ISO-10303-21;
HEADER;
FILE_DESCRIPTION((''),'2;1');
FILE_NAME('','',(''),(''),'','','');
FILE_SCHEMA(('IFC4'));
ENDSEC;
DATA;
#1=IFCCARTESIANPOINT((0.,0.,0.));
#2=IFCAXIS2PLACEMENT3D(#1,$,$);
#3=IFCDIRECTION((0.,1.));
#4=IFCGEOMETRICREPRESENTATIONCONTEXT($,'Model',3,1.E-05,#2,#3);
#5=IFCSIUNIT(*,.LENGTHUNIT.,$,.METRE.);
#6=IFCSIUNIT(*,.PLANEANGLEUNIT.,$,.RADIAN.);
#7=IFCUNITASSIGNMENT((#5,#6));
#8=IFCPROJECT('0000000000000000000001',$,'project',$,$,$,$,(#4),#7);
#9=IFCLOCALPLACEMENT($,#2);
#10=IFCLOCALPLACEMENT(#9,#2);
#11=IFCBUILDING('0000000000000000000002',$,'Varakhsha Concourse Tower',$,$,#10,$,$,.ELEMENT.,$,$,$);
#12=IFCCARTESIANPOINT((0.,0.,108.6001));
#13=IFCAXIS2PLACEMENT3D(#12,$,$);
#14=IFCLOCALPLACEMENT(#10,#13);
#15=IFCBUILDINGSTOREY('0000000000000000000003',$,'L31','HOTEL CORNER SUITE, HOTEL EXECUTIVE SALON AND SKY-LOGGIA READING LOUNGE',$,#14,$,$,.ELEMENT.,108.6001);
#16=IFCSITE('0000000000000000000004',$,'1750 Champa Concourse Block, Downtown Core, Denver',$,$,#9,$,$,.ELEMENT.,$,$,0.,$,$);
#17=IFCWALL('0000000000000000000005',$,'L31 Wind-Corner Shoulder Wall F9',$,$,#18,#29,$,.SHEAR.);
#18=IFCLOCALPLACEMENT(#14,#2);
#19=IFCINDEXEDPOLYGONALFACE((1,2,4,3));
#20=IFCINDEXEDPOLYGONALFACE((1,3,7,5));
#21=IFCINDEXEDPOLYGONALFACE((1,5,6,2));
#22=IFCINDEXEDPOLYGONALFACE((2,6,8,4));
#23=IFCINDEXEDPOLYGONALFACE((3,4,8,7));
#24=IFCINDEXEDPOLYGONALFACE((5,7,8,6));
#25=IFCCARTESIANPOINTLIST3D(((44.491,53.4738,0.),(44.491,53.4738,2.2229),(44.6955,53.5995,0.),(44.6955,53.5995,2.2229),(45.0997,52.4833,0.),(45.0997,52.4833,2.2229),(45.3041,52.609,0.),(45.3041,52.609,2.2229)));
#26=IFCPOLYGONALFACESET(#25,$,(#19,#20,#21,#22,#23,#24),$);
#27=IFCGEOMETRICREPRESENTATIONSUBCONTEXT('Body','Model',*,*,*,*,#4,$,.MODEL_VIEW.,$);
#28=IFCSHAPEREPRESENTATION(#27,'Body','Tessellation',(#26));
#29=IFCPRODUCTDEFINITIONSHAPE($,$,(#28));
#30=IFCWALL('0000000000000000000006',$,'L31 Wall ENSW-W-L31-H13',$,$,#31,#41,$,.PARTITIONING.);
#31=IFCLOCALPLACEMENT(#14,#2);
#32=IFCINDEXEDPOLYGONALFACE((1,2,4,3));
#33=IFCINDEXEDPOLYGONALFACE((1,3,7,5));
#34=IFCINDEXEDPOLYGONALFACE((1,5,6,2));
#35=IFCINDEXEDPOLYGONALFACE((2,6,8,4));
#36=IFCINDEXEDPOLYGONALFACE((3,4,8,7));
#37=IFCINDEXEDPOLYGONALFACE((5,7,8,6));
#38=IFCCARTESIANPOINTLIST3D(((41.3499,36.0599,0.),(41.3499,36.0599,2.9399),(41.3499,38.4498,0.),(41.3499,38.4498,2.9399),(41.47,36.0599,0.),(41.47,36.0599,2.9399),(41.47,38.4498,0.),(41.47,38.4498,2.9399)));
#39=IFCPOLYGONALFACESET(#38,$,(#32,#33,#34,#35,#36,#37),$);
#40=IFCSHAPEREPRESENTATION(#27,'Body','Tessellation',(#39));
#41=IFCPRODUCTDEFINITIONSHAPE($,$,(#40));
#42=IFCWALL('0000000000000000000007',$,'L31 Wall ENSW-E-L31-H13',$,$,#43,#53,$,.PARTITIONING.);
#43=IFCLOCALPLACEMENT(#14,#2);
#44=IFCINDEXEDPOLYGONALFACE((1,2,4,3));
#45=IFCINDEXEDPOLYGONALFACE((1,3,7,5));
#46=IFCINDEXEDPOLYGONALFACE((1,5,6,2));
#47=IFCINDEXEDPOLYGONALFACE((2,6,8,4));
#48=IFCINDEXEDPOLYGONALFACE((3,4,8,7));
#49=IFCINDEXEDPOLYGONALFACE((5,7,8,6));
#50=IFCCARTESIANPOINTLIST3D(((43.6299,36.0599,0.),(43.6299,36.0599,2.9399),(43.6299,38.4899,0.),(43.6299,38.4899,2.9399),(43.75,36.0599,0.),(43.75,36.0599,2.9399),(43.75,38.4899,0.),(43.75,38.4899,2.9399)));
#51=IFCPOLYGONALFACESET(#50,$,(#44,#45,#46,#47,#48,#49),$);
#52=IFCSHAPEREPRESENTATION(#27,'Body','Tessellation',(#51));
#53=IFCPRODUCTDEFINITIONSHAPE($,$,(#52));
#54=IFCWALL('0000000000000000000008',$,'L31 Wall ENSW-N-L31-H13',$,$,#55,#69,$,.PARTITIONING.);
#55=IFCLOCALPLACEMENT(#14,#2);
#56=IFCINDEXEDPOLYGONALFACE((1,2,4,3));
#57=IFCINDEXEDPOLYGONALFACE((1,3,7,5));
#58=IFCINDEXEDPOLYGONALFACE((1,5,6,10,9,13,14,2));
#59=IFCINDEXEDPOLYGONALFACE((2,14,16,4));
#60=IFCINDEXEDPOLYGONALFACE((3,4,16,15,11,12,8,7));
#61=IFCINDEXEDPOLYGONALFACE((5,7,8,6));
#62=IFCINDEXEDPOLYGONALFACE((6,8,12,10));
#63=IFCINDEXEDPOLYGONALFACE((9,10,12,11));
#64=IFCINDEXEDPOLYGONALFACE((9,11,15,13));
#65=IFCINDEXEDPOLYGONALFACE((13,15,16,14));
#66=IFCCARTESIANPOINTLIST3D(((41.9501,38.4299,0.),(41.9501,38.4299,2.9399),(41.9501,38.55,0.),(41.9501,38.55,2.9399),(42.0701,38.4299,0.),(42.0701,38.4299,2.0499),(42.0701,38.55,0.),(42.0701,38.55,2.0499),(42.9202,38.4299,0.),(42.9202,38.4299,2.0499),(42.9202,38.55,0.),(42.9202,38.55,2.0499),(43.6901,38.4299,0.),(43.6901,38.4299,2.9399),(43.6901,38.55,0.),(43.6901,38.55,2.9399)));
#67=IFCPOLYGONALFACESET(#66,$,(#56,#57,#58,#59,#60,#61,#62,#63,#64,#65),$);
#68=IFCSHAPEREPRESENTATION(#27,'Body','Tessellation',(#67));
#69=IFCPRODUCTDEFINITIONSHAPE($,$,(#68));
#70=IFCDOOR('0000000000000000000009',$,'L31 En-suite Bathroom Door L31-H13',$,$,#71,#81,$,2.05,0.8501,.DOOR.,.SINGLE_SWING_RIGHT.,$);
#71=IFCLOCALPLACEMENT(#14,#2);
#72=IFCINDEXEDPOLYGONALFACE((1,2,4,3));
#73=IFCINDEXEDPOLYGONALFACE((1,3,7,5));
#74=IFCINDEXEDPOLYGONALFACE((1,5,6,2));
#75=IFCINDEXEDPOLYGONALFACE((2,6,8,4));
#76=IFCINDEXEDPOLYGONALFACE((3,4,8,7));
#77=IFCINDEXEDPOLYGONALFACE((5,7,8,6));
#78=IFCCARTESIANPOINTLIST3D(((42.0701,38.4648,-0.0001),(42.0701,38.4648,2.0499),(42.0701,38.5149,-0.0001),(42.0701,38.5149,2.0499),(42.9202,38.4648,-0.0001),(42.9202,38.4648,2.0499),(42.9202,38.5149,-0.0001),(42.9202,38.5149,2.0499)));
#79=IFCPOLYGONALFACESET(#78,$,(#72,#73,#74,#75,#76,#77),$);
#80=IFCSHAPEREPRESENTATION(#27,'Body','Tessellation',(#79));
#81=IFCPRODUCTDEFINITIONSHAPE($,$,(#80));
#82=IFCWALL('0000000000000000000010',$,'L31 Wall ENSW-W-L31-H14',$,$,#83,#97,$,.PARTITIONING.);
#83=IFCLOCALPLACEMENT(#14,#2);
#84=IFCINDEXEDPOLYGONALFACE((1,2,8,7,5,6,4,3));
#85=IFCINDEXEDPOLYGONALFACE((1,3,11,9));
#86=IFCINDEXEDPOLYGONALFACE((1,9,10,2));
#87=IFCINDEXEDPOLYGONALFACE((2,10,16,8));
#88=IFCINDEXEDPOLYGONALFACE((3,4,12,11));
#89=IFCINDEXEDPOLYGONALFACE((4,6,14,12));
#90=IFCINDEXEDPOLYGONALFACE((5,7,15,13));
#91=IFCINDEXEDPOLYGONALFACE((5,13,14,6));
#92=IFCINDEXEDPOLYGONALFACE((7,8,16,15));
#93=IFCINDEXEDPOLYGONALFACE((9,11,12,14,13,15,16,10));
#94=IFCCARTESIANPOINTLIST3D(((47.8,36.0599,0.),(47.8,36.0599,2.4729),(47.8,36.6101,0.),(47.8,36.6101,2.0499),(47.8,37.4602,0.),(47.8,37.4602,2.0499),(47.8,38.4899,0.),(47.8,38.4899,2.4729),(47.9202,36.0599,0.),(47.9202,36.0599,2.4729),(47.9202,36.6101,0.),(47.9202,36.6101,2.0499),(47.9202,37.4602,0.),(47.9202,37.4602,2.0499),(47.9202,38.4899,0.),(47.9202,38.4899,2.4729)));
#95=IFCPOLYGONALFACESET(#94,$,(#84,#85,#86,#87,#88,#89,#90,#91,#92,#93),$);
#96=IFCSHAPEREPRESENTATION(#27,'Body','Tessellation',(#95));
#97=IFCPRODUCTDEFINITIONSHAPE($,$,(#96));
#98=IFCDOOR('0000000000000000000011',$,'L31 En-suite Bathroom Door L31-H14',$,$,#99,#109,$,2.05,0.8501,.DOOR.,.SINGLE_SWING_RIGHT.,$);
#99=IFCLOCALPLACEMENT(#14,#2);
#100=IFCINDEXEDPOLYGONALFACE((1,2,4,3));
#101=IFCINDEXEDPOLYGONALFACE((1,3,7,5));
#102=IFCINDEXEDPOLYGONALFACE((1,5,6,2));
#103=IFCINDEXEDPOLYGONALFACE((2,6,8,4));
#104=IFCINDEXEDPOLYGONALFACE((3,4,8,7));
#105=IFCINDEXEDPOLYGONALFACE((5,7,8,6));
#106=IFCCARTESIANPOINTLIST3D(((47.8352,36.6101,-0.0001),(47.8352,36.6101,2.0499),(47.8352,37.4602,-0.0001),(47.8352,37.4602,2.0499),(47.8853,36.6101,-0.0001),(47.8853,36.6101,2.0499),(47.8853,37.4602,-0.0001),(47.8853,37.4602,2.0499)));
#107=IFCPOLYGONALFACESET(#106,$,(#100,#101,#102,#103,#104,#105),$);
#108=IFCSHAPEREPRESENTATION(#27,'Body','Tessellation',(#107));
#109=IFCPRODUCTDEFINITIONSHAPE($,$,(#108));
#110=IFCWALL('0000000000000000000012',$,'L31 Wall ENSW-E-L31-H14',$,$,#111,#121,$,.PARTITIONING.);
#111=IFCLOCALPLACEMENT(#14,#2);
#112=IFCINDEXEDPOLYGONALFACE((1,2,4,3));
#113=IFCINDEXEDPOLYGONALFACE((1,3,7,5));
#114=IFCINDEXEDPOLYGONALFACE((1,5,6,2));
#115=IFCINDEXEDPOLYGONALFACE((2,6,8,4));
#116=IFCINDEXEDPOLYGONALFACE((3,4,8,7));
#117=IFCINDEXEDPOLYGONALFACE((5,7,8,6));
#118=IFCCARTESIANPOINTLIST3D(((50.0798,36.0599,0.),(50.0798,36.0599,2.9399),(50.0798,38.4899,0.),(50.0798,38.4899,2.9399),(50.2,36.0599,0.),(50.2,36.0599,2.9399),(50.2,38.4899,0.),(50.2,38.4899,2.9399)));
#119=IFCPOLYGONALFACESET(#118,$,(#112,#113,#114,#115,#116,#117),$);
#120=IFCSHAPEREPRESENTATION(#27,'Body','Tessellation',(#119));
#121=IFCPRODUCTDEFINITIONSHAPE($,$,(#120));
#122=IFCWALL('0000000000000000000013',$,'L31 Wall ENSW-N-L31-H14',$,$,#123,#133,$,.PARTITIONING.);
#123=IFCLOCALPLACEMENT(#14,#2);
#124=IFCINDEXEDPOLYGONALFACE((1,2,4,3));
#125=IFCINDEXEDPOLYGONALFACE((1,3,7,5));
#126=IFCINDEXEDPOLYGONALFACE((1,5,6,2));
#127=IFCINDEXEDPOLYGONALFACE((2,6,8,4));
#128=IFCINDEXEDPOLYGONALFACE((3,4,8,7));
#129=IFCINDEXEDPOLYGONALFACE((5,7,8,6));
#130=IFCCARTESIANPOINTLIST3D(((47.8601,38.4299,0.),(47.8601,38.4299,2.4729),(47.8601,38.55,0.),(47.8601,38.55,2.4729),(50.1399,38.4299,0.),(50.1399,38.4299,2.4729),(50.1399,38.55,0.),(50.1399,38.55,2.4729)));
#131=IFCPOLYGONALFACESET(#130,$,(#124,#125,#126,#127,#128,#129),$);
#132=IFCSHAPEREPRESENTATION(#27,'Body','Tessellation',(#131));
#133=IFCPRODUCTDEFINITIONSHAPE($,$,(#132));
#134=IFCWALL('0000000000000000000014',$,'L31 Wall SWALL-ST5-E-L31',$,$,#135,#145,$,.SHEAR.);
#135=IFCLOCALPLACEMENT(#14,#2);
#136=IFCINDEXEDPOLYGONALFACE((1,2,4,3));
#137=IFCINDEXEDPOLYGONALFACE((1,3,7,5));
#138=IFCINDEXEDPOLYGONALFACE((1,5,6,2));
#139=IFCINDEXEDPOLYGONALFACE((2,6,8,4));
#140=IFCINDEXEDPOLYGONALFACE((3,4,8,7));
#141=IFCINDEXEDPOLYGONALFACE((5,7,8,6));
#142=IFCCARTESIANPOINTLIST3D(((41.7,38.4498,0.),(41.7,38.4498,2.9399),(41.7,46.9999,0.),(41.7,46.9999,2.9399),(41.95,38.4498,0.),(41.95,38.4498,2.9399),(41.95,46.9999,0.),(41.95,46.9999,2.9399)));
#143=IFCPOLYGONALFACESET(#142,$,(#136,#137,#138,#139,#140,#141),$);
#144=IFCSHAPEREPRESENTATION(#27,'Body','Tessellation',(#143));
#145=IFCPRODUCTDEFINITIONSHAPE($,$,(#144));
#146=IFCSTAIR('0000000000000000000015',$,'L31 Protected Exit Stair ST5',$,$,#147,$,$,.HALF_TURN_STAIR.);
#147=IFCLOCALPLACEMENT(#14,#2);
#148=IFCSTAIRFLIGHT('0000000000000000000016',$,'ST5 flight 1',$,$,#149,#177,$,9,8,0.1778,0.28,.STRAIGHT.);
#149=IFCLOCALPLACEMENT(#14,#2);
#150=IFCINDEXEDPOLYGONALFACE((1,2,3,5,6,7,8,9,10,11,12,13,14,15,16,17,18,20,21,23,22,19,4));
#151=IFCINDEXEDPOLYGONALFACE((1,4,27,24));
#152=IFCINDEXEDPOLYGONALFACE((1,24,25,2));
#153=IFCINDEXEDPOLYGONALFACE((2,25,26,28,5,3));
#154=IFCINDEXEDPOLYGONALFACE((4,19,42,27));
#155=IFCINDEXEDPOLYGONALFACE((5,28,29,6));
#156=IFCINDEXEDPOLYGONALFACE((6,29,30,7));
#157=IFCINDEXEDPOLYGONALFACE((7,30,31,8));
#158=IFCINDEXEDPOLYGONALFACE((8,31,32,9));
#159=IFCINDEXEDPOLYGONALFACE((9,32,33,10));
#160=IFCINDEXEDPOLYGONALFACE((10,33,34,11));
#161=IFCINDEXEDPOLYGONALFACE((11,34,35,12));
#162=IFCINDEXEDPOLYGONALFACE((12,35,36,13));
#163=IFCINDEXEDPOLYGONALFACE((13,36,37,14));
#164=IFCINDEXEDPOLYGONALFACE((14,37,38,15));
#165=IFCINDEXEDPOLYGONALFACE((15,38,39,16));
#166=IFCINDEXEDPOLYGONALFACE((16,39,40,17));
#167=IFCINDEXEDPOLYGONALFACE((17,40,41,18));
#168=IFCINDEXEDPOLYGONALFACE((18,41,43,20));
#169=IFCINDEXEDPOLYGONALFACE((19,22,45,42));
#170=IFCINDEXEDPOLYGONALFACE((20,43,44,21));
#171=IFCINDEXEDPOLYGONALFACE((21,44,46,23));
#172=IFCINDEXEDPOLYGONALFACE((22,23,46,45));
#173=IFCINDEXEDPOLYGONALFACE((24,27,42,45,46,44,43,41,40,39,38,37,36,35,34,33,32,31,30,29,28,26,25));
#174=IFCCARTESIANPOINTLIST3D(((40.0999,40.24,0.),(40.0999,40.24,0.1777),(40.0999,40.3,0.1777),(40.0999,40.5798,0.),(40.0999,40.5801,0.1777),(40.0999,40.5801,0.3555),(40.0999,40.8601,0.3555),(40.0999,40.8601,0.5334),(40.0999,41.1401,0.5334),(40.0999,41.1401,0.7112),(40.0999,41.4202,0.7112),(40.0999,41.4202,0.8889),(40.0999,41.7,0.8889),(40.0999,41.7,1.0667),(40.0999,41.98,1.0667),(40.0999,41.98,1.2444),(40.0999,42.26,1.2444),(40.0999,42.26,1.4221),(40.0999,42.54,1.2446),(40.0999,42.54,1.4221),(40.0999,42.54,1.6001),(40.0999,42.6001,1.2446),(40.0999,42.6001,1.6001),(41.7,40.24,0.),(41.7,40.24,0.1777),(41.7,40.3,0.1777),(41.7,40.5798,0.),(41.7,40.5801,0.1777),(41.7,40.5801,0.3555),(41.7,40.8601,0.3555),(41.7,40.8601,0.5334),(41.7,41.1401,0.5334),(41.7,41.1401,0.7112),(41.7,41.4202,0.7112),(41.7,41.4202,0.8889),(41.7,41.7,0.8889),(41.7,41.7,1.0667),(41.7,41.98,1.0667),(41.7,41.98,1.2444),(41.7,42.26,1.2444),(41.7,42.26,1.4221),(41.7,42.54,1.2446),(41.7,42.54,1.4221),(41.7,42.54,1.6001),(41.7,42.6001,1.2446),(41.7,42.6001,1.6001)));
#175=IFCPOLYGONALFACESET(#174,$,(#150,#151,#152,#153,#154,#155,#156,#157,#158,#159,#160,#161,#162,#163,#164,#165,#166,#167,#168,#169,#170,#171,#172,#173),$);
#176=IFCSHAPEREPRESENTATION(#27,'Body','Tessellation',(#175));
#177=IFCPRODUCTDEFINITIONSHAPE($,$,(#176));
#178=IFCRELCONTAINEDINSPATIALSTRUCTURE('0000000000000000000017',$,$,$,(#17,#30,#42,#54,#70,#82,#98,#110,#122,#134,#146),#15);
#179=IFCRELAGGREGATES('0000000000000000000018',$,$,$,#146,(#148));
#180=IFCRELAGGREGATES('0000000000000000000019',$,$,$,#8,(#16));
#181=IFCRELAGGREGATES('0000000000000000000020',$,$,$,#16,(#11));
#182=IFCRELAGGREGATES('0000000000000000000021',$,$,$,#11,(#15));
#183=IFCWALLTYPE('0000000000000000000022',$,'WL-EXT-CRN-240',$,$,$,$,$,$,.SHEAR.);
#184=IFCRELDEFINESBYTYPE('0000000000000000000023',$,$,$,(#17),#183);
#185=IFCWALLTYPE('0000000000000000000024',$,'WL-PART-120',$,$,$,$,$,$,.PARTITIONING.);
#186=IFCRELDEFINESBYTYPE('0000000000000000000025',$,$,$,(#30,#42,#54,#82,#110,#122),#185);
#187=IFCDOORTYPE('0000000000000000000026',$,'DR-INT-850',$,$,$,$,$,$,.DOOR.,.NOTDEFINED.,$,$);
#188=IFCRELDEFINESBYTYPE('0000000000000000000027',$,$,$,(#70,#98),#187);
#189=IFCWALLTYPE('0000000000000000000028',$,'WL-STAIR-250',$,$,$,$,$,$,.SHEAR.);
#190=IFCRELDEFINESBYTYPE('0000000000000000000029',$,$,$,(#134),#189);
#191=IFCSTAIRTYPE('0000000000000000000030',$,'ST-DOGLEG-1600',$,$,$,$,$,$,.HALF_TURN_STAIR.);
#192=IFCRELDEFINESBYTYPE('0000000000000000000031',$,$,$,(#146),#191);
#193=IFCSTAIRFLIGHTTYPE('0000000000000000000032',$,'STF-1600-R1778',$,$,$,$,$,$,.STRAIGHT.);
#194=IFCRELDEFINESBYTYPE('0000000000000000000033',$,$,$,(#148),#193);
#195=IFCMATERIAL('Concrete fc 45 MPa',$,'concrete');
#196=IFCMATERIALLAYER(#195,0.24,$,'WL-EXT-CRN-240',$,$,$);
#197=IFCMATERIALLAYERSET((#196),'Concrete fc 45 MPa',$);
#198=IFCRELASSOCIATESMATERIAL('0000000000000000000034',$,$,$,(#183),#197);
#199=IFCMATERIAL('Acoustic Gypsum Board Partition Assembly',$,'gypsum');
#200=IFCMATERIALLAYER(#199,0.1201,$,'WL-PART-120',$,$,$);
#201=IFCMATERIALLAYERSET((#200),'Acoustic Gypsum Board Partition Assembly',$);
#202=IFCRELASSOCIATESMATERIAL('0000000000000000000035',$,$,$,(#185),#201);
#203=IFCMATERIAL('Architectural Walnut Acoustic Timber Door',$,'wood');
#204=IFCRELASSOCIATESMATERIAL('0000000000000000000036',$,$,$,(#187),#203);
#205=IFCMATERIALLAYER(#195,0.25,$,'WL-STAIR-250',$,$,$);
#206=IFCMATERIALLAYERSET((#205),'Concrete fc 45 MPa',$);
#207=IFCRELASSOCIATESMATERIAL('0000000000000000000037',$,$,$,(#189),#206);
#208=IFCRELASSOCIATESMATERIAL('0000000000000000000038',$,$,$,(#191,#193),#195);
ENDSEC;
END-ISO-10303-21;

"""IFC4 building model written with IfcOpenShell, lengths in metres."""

from ifc_helpers import new_model, si_unit, direction, frame, frame_2d, origin, place, context, subcontext, project, spatial, polyline, rectangle, outline, extrude, material, layer, layer_set, type_object, element, fill, aggregate, save


model = new_model("IFC4")

# Units and contexts
model_context = context("Model", 3, precision=1e-05, world=origin(), true_north=direction((0.0, 1.0)))
body_context = subcontext(model_context, "Body", "Model", "MODEL_VIEW")
ifc_project = project(units=[si_unit("LENGTHUNIT", "METRE"), si_unit("PLANEANGLEUNIT", "RADIAN")], contexts=[model_context])

# Site, building, storey
site_placement = place(None, origin())
site = spatial("IfcSite", under=ifc_project, at=site_placement, Name="1750 Champa Concourse Block, Downtown Core, Denver", CompositionType="ELEMENT", RefElevation=0.0)
building_placement = place(site_placement, origin())
building = spatial("IfcBuilding", under=site, at=building_placement, Name="Varakhsha Concourse Tower", CompositionType="ELEMENT")
storey_placement = place(building_placement, frame((0.0, 0.0, 108.6001)))
storey = spatial("IfcBuildingStorey", under=building, at=storey_placement, Name="L31", Description="HOTEL CORNER SUITE, HOTEL EXECUTIVE SALON AND SKY-LOGGIA READING LOUNGE", CompositionType="ELEMENT", Elevation=108.6001)

# Walls
ifc_material_1 = material(Name="Concrete fc 45 MPa", Category="concrete")
ifc_layer_1 = layer(ifc_material_1, 0.24, Name="WL-EXT-CRN-240")
ifc_layer_set_1 = layer_set([ifc_layer_1], Name="Concrete fc 45 MPa")
wall_type_1 = type_object("IfcWallType", Name="WL-EXT-CRN-240", PredefinedType="SHEAR", material=ifc_layer_set_1)
wall_1_placement = place(storey_placement, frame((45.2019, 52.5461, 0.0), z_axis=(0.0, 0.0, 1.0), x_axis=(-0.523547, 0.851997, 0.0)))
element("IfcWall", 1, at=wall_1_placement, inside=storey, type_object=wall_type_1, Name="L31 Wind-Corner Shoulder Wall F9", PredefinedType="SHEAR", context=body_context, shape_type="SweptSolid", body=[
    extrude(rectangle(XDim=1.1626, YDim=0.24, at=frame_2d((0.5813, 0.0))), origin(), (0.0, 0.0, 1.0), 2.2229),
])
ifc_material_2 = material(Name="Acoustic Gypsum Board Partition Assembly", Category="gypsum")
ifc_layer_2 = layer(ifc_material_2, 0.1201, Name="WL-PART-120")
ifc_layer_set_2 = layer_set([ifc_layer_2], Name="Acoustic Gypsum Board Partition Assembly")
wall_type_2 = type_object("IfcWallType", Name="WL-PART-120", PredefinedType="PARTITIONING", material=ifc_layer_set_2)
wall_2_placement = place(storey_placement, frame((41.4099, 36.0601, 0.0), z_axis=(0.0, 0.0, 1.0), x_axis=(0.0, 1.0, 0.0)))
element("IfcWall", 2, at=wall_2_placement, inside=storey, type_object=wall_type_2, Name="L31 Wall ENSW-W-L31-H13", PredefinedType="PARTITIONING", context=body_context, shape_type="SweptSolid", body=[
    extrude(rectangle(XDim=2.3899, YDim=0.1201, at=frame_2d((1.1948, 0.0))), origin(), (0.0, 0.0, 1.0), 2.9399),
])
wall_3_placement = place(storey_placement, frame((43.6899, 36.0601, 0.0), z_axis=(0.0, 0.0, 1.0), x_axis=(0.0, 1.0, 0.0)))
element("IfcWall", 3, at=wall_3_placement, inside=storey, type_object=wall_type_2, Name="L31 Wall ENSW-E-L31-H13", PredefinedType="PARTITIONING", context=body_context, shape_type="SweptSolid", body=[
    extrude(rectangle(XDim=2.4299, YDim=0.1201, at=frame_2d((1.2148, 0.0))), origin(), (0.0, 0.0, 1.0), 2.9399),
])

# Walls, openings, doors
wall_4_placement = place(storey_placement, frame((41.95, 38.49, 0.0), z_axis=(0.0, 0.0, 1.0), x_axis=(1.0, 0.0, 0.0)))
wall_4 = element("IfcWall", 4, at=wall_4_placement, inside=storey, type_object=wall_type_2, Name="L31 Wall ENSW-N-L31-H13", PredefinedType="PARTITIONING", context=body_context, shape_type="SweptSolid", body=[
    extrude(rectangle(XDim=1.74, YDim=0.1201, at=frame_2d((0.8701, 0.0))), origin(), (0.0, 0.0, 1.0), 2.9399),
])
opening_1_placement = place(wall_4_placement, frame((0.1201, 0.0, 0.0)))
opening_1 = element("IfcOpeningElement", 5, at=opening_1_placement, cuts=wall_4, PredefinedType="OPENING", context=body_context, shape_type="SweptSolid", body=[
    extrude(rectangle(XDim=0.8501, YDim=2.05, at=frame_2d((0.425, 1.0249))), frame((0.0, 0.0701, 0.0), z_axis=(0.0, -1.0, 0.0), x_axis=(1.0, 0.0, 0.0)), (0.0, 0.0, 1.0), 0.1401),
])
ifc_material_3 = material(Name="Architectural Walnut Acoustic Timber Door", Category="wood")
door_type = type_object("IfcDoorType", Name="DR-INT-850", OperationType="NOTDEFINED", PredefinedType="DOOR", material=ifc_material_3)
door_1_placement = place(opening_1_placement, origin())
door_1 = element("IfcDoor", 6, at=door_1_placement, inside=storey, type_object=door_type, Name="L31 En-suite Bathroom Door L31-H13", OperationType="SINGLE_SWING_RIGHT", OverallHeight=2.05, OverallWidth=0.8501, PredefinedType="DOOR", context=body_context, shape_type="SweptSolid", body=[
    extrude(rectangle(XDim=0.8501, YDim=2.05, at=frame_2d((0.425, 1.0249))), frame((0.0, 0.0249, 0.0), z_axis=(0.0, -1.0, 0.0), x_axis=(1.0, 0.0, 0.0)), (0.0, 0.0, 1.0), 0.05),
])
fill(opening_1, door_1)
wall_5_placement = place(storey_placement, frame((47.8601, 36.0601, 0.0), z_axis=(0.0, 0.0, 1.0), x_axis=(0.0, 1.0, 0.0)))
wall_5 = element("IfcWall", 7, at=wall_5_placement, inside=storey, type_object=wall_type_2, Name="L31 Wall ENSW-W-L31-H14", PredefinedType="PARTITIONING", context=body_context, shape_type="SweptSolid", body=[
    extrude(rectangle(XDim=2.4299, YDim=0.1201, at=frame_2d((1.2148, 0.0))), origin(), (0.0, 0.0, 1.0), 2.4729),
])
opening_2_placement = place(wall_5_placement, frame((0.55, 0.0, 0.0)))
opening_2 = element("IfcOpeningElement", 8, at=opening_2_placement, cuts=wall_5, PredefinedType="OPENING", context=body_context, shape_type="SweptSolid", body=[
    extrude(rectangle(XDim=0.8501, YDim=2.05, at=frame_2d((0.425, 1.0249))), frame((0.0, 0.0701, 0.0), z_axis=(0.0, -1.0, 0.0), x_axis=(1.0, 0.0, 0.0)), (0.0, 0.0, 1.0), 0.1401),
])
door_2_placement = place(opening_2_placement, origin())
door_2 = element("IfcDoor", 9, at=door_2_placement, inside=storey, type_object=door_type, Name="L31 En-suite Bathroom Door L31-H14", OperationType="SINGLE_SWING_RIGHT", OverallHeight=2.05, OverallWidth=0.8501, PredefinedType="DOOR", context=body_context, shape_type="SweptSolid", body=[
    extrude(rectangle(XDim=0.8501, YDim=2.05, at=frame_2d((0.425, 1.0249))), frame((0.0, 0.0249, 0.0), z_axis=(0.0, -1.0, 0.0), x_axis=(1.0, 0.0, 0.0)), (0.0, 0.0, 1.0), 0.05),
])
fill(opening_2, door_2)

# Walls
wall_6_placement = place(storey_placement, frame((50.1399, 36.0601, 0.0), z_axis=(0.0, 0.0, 1.0), x_axis=(0.0, 1.0, 0.0)))
element("IfcWall", 10, at=wall_6_placement, inside=storey, type_object=wall_type_2, Name="L31 Wall ENSW-E-L31-H14", PredefinedType="PARTITIONING", context=body_context, shape_type="SweptSolid", body=[
    extrude(rectangle(XDim=2.4299, YDim=0.1201, at=frame_2d((1.2148, 0.0))), origin(), (0.0, 0.0, 1.0), 2.9399),
])
wall_7_placement = place(storey_placement, frame((47.8601, 38.49, 0.0), z_axis=(0.0, 0.0, 1.0), x_axis=(1.0, 0.0, 0.0)))
element("IfcWall", 11, at=wall_7_placement, inside=storey, type_object=wall_type_2, Name="L31 Wall ENSW-N-L31-H14", PredefinedType="PARTITIONING", context=body_context, shape_type="SweptSolid", body=[
    extrude(rectangle(XDim=2.2798, YDim=0.1201, at=frame_2d((1.1399, 0.0))), origin(), (0.0, 0.0, 1.0), 2.4729),
])
ifc_layer_3 = layer(ifc_material_1, 0.25, Name="WL-STAIR-250")
ifc_layer_set_3 = layer_set([ifc_layer_3], Name="Concrete fc 45 MPa")
wall_type_3 = type_object("IfcWallType", Name="WL-STAIR-250", PredefinedType="SHEAR", material=ifc_layer_set_3)
wall_8_placement = place(storey_placement, frame((41.825, 38.45, 0.0), z_axis=(0.0, 0.0, 1.0), x_axis=(0.0, 1.0, 0.0)))
element("IfcWall", 12, at=wall_8_placement, inside=storey, type_object=wall_type_3, Name="L31 Wall SWALL-ST5-E-L31", PredefinedType="SHEAR", context=body_context, shape_type="SweptSolid", body=[
    extrude(rectangle(XDim=8.55, YDim=0.25, at=frame_2d((4.2749, 0.0))), origin(), (0.0, 0.0, 1.0), 2.9399),
])

# Stair, stair flight
stair_type = type_object("IfcStairType", Name="ST-DOGLEG-1600", PredefinedType="HALF_TURN_STAIR", material=ifc_material_1)
stair_placement = place(storey_placement, origin())
stair = element("IfcStair", 13, at=stair_placement, inside=storey, type_object=stair_type, Name="L31 Protected Exit Stair ST5", PredefinedType="HALF_TURN_STAIR")
stair_flight_type = type_object("IfcStairFlightType", Name="STF-1600-R1778", PredefinedType="STRAIGHT", material=ifc_material_1)
stair_flight_placement = place(storey_placement, frame((40.8999, 40.3, 0.0), z_axis=(0.0, 0.0, 1.0), x_axis=(0.0, 1.0, 0.0)))
stair_flight = element("IfcStairFlight", 14, at=stair_flight_placement, type_object=stair_flight_type, Name="ST5 flight 1", NumberOfRisers=9, NumberOfTreads=8, PredefinedType="STRAIGHT", RiserHeight=0.1778, TreadLength=0.28, context=body_context, shape_type="SweptSolid", body=[
    extrude(outline(polyline([(-0.0601, 0.0), (-0.0601, 0.1777), (0.0, 0.1777), (0.28, 0.1777), (0.28, 0.3555), (0.5601, 0.3555), (0.5601, 0.5334), (0.8401, 0.5334), (0.8401, 0.7112), (1.1201, 0.7112), (1.1201, 0.8889), (1.3999, 0.8889), (1.3999, 1.0667), (1.6799, 1.0667), (1.6799, 1.2444), (1.96, 1.2444), (1.96, 1.4221), (2.24, 1.4221), (2.24, 1.6001), (2.3, 1.6001), (2.3, 1.2446), (2.24, 1.2446), (0.2798, 0.0), (-0.0601, 0.0)])), frame((0.0, 0.8, 0.0), z_axis=(0.0, -1.0, 0.0), x_axis=(1.0, 0.0, 0.0)), (0.0, 0.0, 1.0), 1.6001),
])
aggregate(stair, [stair_flight])

save(model, "model.ifc")
